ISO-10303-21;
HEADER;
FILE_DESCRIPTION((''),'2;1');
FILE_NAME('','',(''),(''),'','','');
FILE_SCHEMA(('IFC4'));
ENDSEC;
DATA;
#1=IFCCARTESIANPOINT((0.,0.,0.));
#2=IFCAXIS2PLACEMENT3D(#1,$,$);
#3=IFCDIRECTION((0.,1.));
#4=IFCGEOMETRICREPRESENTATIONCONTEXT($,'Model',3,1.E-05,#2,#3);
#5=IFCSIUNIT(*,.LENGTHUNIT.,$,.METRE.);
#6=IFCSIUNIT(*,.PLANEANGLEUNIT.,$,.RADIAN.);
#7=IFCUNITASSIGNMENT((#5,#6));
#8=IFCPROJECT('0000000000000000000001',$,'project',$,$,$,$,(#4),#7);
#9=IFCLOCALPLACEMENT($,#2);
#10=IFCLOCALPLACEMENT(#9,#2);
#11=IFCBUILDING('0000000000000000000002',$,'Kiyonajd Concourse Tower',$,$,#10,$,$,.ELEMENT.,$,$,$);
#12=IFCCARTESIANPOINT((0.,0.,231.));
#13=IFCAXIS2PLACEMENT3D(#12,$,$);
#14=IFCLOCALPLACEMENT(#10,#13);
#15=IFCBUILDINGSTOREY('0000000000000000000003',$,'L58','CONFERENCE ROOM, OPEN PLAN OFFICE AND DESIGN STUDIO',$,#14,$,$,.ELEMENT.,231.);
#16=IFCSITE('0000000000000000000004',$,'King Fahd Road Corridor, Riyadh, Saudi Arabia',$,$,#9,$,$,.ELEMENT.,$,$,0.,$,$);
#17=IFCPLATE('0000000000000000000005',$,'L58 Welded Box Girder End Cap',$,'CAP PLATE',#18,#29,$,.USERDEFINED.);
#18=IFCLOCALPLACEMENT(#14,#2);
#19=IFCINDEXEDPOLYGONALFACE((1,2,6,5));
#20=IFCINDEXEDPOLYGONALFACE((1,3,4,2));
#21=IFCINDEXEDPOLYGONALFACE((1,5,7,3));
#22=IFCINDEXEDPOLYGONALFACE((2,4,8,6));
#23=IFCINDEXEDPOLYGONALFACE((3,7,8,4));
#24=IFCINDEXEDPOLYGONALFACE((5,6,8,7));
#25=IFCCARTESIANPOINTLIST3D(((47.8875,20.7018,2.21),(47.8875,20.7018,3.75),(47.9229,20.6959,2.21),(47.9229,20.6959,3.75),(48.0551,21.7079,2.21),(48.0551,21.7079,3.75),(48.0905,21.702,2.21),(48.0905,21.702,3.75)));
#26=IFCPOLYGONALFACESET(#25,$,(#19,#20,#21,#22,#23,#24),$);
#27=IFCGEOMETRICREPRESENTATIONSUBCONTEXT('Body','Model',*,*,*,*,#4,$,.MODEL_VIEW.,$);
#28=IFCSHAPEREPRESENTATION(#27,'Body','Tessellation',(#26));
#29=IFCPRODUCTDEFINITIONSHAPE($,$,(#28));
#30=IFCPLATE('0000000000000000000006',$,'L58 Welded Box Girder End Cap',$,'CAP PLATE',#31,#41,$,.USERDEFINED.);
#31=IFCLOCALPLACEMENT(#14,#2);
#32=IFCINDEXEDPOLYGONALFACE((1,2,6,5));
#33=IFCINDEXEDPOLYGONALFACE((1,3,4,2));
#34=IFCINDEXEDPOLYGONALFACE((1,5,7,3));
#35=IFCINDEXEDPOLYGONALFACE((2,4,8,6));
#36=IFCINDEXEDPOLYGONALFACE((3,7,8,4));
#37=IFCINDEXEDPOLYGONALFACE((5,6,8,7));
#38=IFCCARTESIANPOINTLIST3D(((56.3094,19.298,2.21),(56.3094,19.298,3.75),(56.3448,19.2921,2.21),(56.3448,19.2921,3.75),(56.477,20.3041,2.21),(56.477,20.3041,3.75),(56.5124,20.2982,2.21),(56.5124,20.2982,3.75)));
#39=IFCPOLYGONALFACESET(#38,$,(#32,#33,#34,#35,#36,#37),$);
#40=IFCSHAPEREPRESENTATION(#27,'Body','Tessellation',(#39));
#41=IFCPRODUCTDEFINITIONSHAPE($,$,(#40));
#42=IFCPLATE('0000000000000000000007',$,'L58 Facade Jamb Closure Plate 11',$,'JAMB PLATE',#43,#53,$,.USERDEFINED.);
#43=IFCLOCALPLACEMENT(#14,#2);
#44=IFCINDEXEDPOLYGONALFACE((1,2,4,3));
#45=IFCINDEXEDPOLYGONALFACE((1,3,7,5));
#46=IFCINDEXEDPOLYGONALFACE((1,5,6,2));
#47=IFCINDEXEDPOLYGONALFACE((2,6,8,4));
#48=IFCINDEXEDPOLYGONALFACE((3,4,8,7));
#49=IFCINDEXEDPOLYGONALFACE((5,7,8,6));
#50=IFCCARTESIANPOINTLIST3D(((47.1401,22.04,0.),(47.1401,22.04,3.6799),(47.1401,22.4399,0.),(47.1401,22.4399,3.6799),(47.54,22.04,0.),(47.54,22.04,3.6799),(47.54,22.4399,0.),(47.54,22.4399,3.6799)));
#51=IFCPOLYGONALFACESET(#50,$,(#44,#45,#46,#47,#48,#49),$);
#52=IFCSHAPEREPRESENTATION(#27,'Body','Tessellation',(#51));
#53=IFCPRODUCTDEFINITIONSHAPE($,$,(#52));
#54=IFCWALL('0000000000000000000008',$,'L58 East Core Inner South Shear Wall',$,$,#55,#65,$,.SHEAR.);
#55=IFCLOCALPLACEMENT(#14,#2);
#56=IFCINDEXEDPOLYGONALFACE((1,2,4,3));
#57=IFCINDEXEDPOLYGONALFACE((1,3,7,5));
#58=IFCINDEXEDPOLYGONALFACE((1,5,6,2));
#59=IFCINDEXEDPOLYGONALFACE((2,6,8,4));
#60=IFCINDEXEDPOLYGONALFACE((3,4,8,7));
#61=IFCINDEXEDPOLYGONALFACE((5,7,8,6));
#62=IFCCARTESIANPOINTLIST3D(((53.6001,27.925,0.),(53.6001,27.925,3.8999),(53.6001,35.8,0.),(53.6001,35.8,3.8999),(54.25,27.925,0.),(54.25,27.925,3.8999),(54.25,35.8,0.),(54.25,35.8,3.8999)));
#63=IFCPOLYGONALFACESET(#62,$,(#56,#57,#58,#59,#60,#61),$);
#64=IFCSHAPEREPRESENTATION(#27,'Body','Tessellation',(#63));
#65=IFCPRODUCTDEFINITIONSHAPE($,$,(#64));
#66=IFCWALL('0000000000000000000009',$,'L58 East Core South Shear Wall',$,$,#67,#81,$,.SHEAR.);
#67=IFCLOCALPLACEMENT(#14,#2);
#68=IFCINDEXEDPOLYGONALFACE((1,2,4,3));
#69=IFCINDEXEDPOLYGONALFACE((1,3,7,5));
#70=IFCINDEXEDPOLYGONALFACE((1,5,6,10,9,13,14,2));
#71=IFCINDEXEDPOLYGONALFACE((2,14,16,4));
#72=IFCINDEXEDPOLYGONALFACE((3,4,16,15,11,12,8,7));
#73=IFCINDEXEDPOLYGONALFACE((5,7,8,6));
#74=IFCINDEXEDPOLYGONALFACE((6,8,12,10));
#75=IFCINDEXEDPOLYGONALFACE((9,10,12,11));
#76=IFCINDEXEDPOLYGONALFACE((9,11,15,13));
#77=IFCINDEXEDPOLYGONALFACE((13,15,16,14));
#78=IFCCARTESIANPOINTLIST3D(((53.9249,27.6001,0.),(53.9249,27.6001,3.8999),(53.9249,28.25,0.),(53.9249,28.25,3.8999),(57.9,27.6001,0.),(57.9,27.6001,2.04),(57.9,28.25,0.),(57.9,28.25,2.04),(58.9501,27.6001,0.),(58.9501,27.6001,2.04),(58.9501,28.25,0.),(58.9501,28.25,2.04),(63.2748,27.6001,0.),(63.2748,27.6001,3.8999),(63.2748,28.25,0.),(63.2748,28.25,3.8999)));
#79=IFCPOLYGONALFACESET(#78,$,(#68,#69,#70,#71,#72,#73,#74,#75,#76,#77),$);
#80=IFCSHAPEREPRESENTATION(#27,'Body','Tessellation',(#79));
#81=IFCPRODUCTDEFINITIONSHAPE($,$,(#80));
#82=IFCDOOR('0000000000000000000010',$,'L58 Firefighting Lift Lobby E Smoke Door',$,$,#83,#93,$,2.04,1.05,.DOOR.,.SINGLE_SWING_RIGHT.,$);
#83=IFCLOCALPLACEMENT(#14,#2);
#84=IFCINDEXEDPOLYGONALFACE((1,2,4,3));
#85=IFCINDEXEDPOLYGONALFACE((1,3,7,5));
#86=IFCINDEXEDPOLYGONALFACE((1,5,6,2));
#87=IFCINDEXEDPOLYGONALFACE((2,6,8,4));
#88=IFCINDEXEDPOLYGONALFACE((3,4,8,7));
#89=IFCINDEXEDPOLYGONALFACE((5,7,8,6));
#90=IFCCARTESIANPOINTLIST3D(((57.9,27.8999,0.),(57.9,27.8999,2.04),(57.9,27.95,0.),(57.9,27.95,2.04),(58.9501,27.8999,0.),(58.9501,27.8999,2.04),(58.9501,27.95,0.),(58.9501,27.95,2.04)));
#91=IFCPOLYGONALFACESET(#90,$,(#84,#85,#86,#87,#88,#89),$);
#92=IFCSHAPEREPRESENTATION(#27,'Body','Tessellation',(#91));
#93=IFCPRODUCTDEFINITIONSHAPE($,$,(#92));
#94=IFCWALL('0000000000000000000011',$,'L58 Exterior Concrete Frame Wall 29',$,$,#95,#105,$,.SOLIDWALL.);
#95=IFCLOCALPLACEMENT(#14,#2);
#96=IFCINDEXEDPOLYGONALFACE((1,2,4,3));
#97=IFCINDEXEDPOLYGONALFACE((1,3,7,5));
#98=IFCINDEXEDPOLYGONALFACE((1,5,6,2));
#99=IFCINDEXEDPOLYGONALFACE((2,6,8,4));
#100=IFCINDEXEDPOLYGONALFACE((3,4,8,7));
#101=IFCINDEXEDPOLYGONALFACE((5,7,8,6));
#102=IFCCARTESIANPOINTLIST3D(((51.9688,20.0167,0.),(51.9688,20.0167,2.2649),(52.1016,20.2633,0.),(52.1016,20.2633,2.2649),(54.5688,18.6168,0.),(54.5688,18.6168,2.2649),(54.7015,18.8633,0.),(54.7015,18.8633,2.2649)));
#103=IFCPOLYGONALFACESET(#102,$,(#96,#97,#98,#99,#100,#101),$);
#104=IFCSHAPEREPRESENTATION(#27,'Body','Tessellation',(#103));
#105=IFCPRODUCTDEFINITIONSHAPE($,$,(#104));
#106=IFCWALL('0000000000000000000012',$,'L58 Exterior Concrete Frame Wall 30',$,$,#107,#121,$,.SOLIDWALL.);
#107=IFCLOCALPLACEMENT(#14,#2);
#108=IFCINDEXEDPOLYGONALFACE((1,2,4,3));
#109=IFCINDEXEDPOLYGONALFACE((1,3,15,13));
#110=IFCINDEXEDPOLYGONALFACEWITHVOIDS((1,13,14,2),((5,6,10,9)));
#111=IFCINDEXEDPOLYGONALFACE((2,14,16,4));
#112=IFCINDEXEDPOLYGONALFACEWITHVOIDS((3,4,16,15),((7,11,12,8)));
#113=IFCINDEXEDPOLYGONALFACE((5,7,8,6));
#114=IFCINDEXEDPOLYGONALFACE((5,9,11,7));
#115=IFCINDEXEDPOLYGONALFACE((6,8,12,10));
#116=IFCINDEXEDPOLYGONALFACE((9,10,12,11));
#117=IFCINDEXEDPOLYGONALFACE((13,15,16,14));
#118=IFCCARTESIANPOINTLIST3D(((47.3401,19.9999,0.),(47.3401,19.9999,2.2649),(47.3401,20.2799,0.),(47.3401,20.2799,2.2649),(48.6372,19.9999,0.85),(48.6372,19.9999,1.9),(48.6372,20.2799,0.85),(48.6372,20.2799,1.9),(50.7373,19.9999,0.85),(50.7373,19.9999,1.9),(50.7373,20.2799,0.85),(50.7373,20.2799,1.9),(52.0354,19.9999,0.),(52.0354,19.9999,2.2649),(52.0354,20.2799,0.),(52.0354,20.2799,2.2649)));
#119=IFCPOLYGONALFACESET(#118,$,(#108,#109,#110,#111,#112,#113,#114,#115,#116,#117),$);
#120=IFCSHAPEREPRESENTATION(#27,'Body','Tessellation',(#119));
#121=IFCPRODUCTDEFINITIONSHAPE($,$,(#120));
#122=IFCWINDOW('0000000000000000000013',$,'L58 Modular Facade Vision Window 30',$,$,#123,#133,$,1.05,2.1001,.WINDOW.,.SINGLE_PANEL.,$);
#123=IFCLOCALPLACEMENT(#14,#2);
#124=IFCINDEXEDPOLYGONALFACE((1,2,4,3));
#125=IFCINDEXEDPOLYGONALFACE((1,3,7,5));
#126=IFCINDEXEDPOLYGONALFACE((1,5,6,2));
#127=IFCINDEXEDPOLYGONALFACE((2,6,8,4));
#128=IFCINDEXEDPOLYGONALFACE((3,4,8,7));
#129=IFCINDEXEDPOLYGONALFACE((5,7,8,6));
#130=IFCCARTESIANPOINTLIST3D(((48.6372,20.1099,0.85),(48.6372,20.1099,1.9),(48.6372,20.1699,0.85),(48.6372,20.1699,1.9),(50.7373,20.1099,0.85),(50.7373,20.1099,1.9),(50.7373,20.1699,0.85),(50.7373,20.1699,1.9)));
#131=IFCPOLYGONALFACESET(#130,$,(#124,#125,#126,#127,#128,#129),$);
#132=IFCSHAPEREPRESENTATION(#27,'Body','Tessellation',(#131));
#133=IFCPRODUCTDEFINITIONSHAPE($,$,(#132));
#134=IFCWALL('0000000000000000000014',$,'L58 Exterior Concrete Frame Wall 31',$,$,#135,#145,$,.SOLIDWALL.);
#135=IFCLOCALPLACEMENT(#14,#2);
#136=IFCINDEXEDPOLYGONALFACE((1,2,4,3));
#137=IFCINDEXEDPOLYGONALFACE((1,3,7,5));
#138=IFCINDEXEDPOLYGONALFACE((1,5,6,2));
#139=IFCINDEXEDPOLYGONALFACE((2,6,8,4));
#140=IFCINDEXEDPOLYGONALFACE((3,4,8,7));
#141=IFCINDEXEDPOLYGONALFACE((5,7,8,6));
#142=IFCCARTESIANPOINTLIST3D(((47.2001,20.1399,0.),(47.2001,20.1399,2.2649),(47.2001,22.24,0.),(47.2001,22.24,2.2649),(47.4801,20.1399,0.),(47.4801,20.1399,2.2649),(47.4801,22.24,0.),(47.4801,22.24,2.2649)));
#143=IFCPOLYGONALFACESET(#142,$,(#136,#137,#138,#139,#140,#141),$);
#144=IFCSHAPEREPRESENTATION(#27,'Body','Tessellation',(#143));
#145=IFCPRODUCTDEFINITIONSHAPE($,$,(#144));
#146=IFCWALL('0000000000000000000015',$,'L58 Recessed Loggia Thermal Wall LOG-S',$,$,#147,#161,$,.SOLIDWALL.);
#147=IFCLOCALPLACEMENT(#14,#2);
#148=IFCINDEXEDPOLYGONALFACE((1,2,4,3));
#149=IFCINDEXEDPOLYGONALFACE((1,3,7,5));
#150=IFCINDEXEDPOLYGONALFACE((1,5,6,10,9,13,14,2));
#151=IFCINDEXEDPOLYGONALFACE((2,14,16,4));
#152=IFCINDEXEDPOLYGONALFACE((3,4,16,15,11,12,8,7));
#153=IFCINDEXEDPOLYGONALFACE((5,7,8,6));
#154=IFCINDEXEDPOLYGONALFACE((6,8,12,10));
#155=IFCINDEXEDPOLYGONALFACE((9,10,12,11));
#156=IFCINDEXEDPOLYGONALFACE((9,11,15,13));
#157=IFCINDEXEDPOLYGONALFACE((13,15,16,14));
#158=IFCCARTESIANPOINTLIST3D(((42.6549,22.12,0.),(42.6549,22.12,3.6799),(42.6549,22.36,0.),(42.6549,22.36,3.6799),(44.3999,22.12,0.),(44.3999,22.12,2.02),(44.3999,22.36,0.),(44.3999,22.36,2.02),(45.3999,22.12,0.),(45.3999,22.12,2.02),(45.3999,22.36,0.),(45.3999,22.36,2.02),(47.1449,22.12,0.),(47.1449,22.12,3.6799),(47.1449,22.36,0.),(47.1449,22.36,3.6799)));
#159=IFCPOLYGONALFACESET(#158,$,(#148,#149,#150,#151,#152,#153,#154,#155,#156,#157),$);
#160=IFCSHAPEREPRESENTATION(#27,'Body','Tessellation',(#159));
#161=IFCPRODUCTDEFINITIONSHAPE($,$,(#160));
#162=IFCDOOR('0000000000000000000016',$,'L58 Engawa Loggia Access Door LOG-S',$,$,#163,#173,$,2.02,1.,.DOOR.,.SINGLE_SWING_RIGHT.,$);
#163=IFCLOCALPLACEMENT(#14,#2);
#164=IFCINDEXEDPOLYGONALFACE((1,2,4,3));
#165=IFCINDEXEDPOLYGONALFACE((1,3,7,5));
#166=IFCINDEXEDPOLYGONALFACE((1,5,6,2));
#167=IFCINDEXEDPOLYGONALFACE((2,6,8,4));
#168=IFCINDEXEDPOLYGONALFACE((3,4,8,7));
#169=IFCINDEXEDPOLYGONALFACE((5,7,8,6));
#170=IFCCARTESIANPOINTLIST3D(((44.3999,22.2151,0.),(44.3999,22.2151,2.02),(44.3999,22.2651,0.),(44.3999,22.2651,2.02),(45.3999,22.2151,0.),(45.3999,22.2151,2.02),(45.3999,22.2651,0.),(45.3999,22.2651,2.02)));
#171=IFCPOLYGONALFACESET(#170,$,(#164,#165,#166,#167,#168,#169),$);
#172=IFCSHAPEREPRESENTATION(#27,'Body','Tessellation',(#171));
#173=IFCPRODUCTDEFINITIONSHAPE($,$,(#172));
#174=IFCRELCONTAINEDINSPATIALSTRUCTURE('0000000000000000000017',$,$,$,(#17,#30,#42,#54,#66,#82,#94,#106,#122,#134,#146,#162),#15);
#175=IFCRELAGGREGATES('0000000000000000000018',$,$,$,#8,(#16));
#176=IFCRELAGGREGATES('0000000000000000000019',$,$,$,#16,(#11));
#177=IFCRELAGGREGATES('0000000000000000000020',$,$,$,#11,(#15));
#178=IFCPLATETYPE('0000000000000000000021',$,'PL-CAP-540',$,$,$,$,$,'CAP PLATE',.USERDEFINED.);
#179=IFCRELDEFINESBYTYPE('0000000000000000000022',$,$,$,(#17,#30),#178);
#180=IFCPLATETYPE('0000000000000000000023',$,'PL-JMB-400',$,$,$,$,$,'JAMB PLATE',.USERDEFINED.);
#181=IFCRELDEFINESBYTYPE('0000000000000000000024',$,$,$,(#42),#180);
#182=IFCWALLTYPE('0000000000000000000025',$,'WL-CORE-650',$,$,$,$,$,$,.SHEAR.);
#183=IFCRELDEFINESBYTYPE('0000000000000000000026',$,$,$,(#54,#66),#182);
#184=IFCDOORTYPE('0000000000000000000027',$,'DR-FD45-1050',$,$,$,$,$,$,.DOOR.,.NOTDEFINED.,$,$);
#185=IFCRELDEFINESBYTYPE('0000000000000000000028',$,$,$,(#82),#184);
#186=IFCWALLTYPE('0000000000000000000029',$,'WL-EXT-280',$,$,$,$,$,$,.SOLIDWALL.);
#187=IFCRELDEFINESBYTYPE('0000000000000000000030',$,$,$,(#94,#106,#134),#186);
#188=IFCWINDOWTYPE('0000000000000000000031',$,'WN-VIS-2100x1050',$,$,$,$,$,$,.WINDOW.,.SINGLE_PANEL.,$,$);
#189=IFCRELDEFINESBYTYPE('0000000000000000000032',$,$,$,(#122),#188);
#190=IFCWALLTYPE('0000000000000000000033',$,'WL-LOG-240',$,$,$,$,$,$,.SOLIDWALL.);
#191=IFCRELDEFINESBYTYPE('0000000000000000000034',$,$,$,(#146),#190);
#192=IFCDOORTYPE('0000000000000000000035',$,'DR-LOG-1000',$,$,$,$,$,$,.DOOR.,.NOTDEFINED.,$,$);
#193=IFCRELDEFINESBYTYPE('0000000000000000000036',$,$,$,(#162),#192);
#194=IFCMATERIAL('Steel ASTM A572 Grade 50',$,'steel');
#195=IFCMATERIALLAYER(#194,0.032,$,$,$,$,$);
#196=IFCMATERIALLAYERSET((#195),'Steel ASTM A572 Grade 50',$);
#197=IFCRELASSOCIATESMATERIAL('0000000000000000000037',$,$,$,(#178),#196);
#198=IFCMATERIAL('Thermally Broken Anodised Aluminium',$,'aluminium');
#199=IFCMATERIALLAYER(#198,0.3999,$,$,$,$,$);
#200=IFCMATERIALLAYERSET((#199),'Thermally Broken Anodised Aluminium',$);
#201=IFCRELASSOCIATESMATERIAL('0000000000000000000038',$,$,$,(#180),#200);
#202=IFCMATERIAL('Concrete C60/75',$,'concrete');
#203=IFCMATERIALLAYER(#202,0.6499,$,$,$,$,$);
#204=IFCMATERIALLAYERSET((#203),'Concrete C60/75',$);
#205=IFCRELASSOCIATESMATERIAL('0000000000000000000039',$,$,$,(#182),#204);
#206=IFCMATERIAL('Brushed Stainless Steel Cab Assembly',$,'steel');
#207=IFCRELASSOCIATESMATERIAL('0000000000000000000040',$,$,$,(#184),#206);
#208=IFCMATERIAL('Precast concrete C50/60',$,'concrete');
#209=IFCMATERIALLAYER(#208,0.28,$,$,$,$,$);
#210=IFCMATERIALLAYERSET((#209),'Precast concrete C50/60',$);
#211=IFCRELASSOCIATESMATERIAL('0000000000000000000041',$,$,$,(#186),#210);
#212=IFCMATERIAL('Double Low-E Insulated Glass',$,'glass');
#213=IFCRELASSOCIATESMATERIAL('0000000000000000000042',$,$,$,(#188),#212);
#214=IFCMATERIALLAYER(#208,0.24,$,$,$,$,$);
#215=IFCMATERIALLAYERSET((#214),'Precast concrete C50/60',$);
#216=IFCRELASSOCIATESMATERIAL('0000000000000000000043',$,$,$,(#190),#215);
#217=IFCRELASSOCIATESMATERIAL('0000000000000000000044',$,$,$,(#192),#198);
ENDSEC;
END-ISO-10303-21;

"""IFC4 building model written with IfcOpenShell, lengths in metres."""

from ifc_helpers import new_model, si_unit, direction, frame, frame_2d, origin, origin_2d, place, context, subcontext, project, spatial, rectangle, extrude, material, layer, layer_set, type_object, element, fill, save


model = new_model("IFC4")

# Units and contexts
model_context = context("Model", 3, precision=1e-05, world=origin(), true_north=direction((0.0, 1.0)))
body_context = subcontext(model_context, "Body", "Model", "MODEL_VIEW")
ifc_project = project(units=[si_unit("LENGTHUNIT", "METRE"), si_unit("PLANEANGLEUNIT", "RADIAN")], contexts=[model_context])

# Site, building, storey
site_placement = place(None, origin())
site = spatial("IfcSite", under=ifc_project, at=site_placement, Name="King Fahd Road Corridor, Riyadh, Saudi Arabia", CompositionType="ELEMENT", RefElevation=0.0)
building_placement = place(site_placement, origin())
building = spatial("IfcBuilding", under=site, at=building_placement, Name="Kiyonajd Concourse Tower", CompositionType="ELEMENT")
storey_placement = place(building_placement, frame((0.0, 0.0, 231.0)))
storey = spatial("IfcBuildingStorey", under=building, at=storey_placement, Name="L58", Description="CONFERENCE ROOM, OPEN PLAN OFFICE AND DESIGN STUDIO", CompositionType="ELEMENT", Elevation=231.0)

# Shared definitions
ifc_material_1 = material(Name="Concrete C60/75", Category="concrete")

# Shared definitions
ifc_material_2 = material(Name="Steel ASTM A572 Grade 50", Category="steel")

# Plates
ifc_layer_1 = layer(ifc_material_2, 0.032)
ifc_layer_set_1 = layer_set([ifc_layer_1], Name="Steel ASTM A572 Grade 50")
plate_type_1 = type_object("IfcPlateType", Name="PL-CAP-540", ElementType="CAP PLATE", PredefinedType="USERDEFINED", material=ifc_layer_set_1)
for number, where, z_axis, x_axis, name in (
    (1, (47.989, 21.2019, 2.21), (0.0, 0.0, 1.0), (-0.986401, 0.164359, 0.0), "L58 Welded Box Girder End Cap"),
    (2, (56.4109, 19.7981, 2.21), (0.0, 0.0, 1.0), (0.986401, -0.164359, 0.0), "L58 Welded Box Girder End Cap"),
):
    element("IfcPlate", number, at=place(storey_placement, frame(where, z_axis=z_axis, x_axis=x_axis)), inside=storey, type_object=plate_type_1, Name=name, ObjectType="CAP PLATE", PredefinedType="USERDEFINED", context=body_context, shape_type="SweptSolid", body=[
        extrude(rectangle(XDim=0.0359, YDim=1.02, at=origin_2d()), origin(), (0.0, 0.0, 1.0), 1.54),
    ])
ifc_material_3 = material(Name="Thermally Broken Anodised Aluminium", Category="aluminium")
ifc_layer_2 = layer(ifc_material_3, 0.3999)
ifc_layer_set_2 = layer_set([ifc_layer_2], Name="Thermally Broken Anodised Aluminium")
plate_type_2 = type_object("IfcPlateType", Name="PL-JMB-400", ElementType="JAMB PLATE", PredefinedType="USERDEFINED", material=ifc_layer_set_2)
plate_placement = place(storey_placement, frame((47.3401, 22.24, 0.0), z_axis=(0.0, 0.0, 1.0), x_axis=(1.0, 0.0, 0.0)))
element("IfcPlate", 3, at=plate_placement, inside=storey, type_object=plate_type_2, Name="L58 Facade Jamb Closure Plate 11", ObjectType="JAMB PLATE", PredefinedType="USERDEFINED", context=body_context, shape_type="SweptSolid", body=[
    extrude(rectangle(XDim=0.3999, YDim=0.3999, at=origin_2d()), origin(), (0.0, 0.0, 1.0), 3.6799),
])

# Wall
ifc_layer_3 = layer(ifc_material_1, 0.6499)
ifc_layer_set_3 = layer_set([ifc_layer_3], Name="Concrete C60/75")
wall_type_1 = type_object("IfcWallType", Name="WL-CORE-650", PredefinedType="SHEAR", material=ifc_layer_set_3)
wall_1_placement = place(storey_placement, frame((53.925, 27.925, 0.0), z_axis=(0.0, 0.0, 1.0), x_axis=(0.0, 1.0, 0.0)))
element("IfcWall", 4, at=wall_1_placement, inside=storey, type_object=wall_type_1, Name="L58 East Core Inner South Shear Wall", PredefinedType="SHEAR", context=body_context, shape_type="SweptSolid", body=[
    extrude(rectangle(XDim=7.875, YDim=0.6499, at=frame_2d((3.9375, 0.0))), origin(), (0.0, 0.0, 1.0), 3.8999),
])

# Wall, opening, door
wall_2_placement = place(storey_placement, frame((53.925, 27.925, 0.0), z_axis=(0.0, 0.0, 1.0), x_axis=(1.0, 0.0, 0.0)))
wall_2 = element("IfcWall", 5, at=wall_2_placement, inside=storey, type_object=wall_type_1, Name="L58 East Core South Shear Wall", PredefinedType="SHEAR", context=body_context, shape_type="SweptSolid", body=[
    extrude(rectangle(XDim=9.3499, YDim=0.6499, at=frame_2d((4.6748, 0.0))), origin(), (0.0, 0.0, 1.0), 3.8999),
])
opening_1_placement = place(wall_2_placement, frame((3.9751, 0.0, 0.0)))
opening_1 = element("IfcOpeningElement", 6, at=opening_1_placement, cuts=wall_2, PredefinedType="OPENING", context=body_context, shape_type="SweptSolid", body=[
    extrude(rectangle(XDim=1.05, YDim=2.04, at=frame_2d((0.5249, 1.02))), frame((0.0, 0.335, 0.0), z_axis=(0.0, -1.0, 0.0), x_axis=(1.0, 0.0, 0.0)), (0.0, 0.0, 1.0), 0.6699),
])
ifc_material_4 = material(Name="Brushed Stainless Steel Cab Assembly", Category="steel")
door_type_1 = type_object("IfcDoorType", Name="DR-FD45-1050", OperationType="NOTDEFINED", PredefinedType="DOOR", material=ifc_material_4)
door_1_placement = place(opening_1_placement, origin())
door_1 = element("IfcDoor", 7, at=door_1_placement, inside=storey, type_object=door_type_1, Name="L58 Firefighting Lift Lobby E Smoke Door", OperationType="SINGLE_SWING_RIGHT", OverallHeight=2.04, OverallWidth=1.05, PredefinedType="DOOR", context=body_context, shape_type="SweptSolid", body=[
    extrude(rectangle(XDim=1.05, YDim=2.04, at=frame_2d((0.5249, 1.02))), frame((0.0, 0.0249, 0.0), z_axis=(0.0, -1.0, 0.0), x_axis=(1.0, 0.0, 0.0)), (0.0, 0.0, 1.0), 0.05),
])
fill(opening_1, door_1)

# Wall
ifc_material_5 = material(Name="Precast concrete C50/60", Category="concrete")
ifc_layer_4 = layer(ifc_material_5, 0.28)
ifc_layer_set_4 = layer_set([ifc_layer_4], Name="Precast concrete C50/60")
wall_type_2 = type_object("IfcWallType", Name="WL-EXT-280", PredefinedType="SOLIDWALL", material=ifc_layer_set_4)
wall_3_placement = place(storey_placement, frame((54.6353, 18.74, 0.0), z_axis=(0.0, 0.0, 1.0), x_axis=(-0.880474, 0.474095, 0.0)))
element("IfcWall", 8, at=wall_3_placement, inside=storey, type_object=wall_type_2, Name="L58 Exterior Concrete Frame Wall 29", PredefinedType="SOLIDWALL", context=body_context, shape_type="SweptSolid", body=[
    extrude(rectangle(XDim=2.9529, YDim=0.28, at=frame_2d((1.4766, 0.0))), origin(), (0.0, 0.0, 1.0), 2.2649),
])

# Wall, opening, window
wall_4_placement = place(storey_placement, frame((52.0354, 20.1399, 0.0), z_axis=(0.0, 0.0, 1.0), x_axis=(-1.0, 0.0, 0.0)))
wall_4 = element("IfcWall", 9, at=wall_4_placement, inside=storey, type_object=wall_type_2, Name="L58 Exterior Concrete Frame Wall 30", PredefinedType="SOLIDWALL", context=body_context, shape_type="SweptSolid", body=[
    extrude(rectangle(XDim=4.6953, YDim=0.28, at=frame_2d((2.3477, 0.0))), origin(), (0.0, 0.0, 1.0), 2.2649),
])
opening_2_placement = place(wall_4_placement, frame((1.2981, 0.0, 0.8501)))
opening_2 = element("IfcOpeningElement", 10, at=opening_2_placement, cuts=wall_4, PredefinedType="OPENING", context=body_context, shape_type="SweptSolid", body=[
    extrude(rectangle(XDim=2.1001, YDim=1.05, at=frame_2d((1.05, 0.5249))), frame((0.0, 0.1499, 0.0), z_axis=(0.0, -1.0, 0.0), x_axis=(1.0, 0.0, 0.0)), (0.0, 0.0, 1.0), 0.3),
])
ifc_material_6 = material(Name="Double Low-E Insulated Glass", Category="glass")
window_type = type_object("IfcWindowType", Name="WN-VIS-2100x1050", PartitioningType="SINGLE_PANEL", PredefinedType="WINDOW", material=ifc_material_6)
window_placement = place(opening_2_placement, origin())
window = element("IfcWindow", 11, at=window_placement, inside=storey, type_object=window_type, Name="L58 Modular Facade Vision Window 30", OverallHeight=1.05, OverallWidth=2.1001, PartitioningType="SINGLE_PANEL", PredefinedType="WINDOW", context=body_context, shape_type="SweptSolid", body=[
    extrude(rectangle(XDim=2.1001, YDim=1.05, at=frame_2d((1.05, 0.5249))), frame((0.0, 0.03, 0.0), z_axis=(0.0, -1.0, 0.0), x_axis=(1.0, 0.0, 0.0)), (0.0, 0.0, 1.0), 0.0601),
])
fill(opening_2, window)

# Wall
wall_5_placement = place(storey_placement, frame((47.3401, 20.1399, 0.0), z_axis=(0.0, 0.0, 1.0), x_axis=(0.0, 1.0, 0.0)))
element("IfcWall", 12, at=wall_5_placement, inside=storey, type_object=wall_type_2, Name="L58 Exterior Concrete Frame Wall 31", PredefinedType="SOLIDWALL", context=body_context, shape_type="SweptSolid", body=[
    extrude(rectangle(XDim=2.1001, YDim=0.28, at=frame_2d((1.05, 0.0))), origin(), (0.0, 0.0, 1.0), 2.2649),
])

# Wall, opening, door
ifc_layer_5 = layer(ifc_material_5, 0.24)
ifc_layer_set_5 = layer_set([ifc_layer_5], Name="Precast concrete C50/60")
wall_type_3 = type_object("IfcWallType", Name="WL-LOG-240", PredefinedType="SOLIDWALL", material=ifc_layer_set_5)
wall_6_placement = place(storey_placement, frame((47.145, 22.24, 0.0), z_axis=(0.0, 0.0, 1.0), x_axis=(-1.0, 0.0, 0.0)))
wall_6 = element("IfcWall", 13, at=wall_6_placement, inside=storey, type_object=wall_type_3, Name="L58 Recessed Loggia Thermal Wall LOG-S", PredefinedType="SOLIDWALL", context=body_context, shape_type="SweptSolid", body=[
    extrude(rectangle(XDim=4.49, YDim=0.24, at=frame_2d((2.2451, 0.0))), origin(), (0.0, 0.0, 1.0), 3.6799),
])
opening_3_placement = place(wall_6_placement, frame((1.7451, 0.0, 0.0)))
opening_3 = element("IfcOpeningElement", 14, at=opening_3_placement, cuts=wall_6, PredefinedType="OPENING", context=body_context, shape_type="SweptSolid", body=[
    extrude(rectangle(XDim=1.0, YDim=2.02, at=frame_2d((0.5, 1.01))), frame((0.0, 0.1299, 0.0), z_axis=(0.0, -1.0, 0.0), x_axis=(1.0, 0.0, 0.0)), (0.0, 0.0, 1.0), 0.26),
])
door_type_2 = type_object("IfcDoorType", Name="DR-LOG-1000", OperationType="NOTDEFINED", PredefinedType="DOOR", material=ifc_material_3)
door_2_placement = place(opening_3_placement, origin())
door_2 = element("IfcDoor", 15, at=door_2_placement, inside=storey, type_object=door_type_2, Name="L58 Engawa Loggia Access Door LOG-S", OperationType="SINGLE_SWING_RIGHT", OverallHeight=2.02, OverallWidth=1.0, PredefinedType="DOOR", context=body_context, shape_type="SweptSolid", body=[
    extrude(rectangle(XDim=1.0, YDim=2.02, at=frame_2d((0.5, 1.01))), frame((0.0, 0.0249, 0.0), z_axis=(0.0, -1.0, 0.0), x_axis=(1.0, 0.0, 0.0)), (0.0, 0.0, 1.0), 0.05),
])
fill(opening_3, door_2)

save(model, "model.ifc")
